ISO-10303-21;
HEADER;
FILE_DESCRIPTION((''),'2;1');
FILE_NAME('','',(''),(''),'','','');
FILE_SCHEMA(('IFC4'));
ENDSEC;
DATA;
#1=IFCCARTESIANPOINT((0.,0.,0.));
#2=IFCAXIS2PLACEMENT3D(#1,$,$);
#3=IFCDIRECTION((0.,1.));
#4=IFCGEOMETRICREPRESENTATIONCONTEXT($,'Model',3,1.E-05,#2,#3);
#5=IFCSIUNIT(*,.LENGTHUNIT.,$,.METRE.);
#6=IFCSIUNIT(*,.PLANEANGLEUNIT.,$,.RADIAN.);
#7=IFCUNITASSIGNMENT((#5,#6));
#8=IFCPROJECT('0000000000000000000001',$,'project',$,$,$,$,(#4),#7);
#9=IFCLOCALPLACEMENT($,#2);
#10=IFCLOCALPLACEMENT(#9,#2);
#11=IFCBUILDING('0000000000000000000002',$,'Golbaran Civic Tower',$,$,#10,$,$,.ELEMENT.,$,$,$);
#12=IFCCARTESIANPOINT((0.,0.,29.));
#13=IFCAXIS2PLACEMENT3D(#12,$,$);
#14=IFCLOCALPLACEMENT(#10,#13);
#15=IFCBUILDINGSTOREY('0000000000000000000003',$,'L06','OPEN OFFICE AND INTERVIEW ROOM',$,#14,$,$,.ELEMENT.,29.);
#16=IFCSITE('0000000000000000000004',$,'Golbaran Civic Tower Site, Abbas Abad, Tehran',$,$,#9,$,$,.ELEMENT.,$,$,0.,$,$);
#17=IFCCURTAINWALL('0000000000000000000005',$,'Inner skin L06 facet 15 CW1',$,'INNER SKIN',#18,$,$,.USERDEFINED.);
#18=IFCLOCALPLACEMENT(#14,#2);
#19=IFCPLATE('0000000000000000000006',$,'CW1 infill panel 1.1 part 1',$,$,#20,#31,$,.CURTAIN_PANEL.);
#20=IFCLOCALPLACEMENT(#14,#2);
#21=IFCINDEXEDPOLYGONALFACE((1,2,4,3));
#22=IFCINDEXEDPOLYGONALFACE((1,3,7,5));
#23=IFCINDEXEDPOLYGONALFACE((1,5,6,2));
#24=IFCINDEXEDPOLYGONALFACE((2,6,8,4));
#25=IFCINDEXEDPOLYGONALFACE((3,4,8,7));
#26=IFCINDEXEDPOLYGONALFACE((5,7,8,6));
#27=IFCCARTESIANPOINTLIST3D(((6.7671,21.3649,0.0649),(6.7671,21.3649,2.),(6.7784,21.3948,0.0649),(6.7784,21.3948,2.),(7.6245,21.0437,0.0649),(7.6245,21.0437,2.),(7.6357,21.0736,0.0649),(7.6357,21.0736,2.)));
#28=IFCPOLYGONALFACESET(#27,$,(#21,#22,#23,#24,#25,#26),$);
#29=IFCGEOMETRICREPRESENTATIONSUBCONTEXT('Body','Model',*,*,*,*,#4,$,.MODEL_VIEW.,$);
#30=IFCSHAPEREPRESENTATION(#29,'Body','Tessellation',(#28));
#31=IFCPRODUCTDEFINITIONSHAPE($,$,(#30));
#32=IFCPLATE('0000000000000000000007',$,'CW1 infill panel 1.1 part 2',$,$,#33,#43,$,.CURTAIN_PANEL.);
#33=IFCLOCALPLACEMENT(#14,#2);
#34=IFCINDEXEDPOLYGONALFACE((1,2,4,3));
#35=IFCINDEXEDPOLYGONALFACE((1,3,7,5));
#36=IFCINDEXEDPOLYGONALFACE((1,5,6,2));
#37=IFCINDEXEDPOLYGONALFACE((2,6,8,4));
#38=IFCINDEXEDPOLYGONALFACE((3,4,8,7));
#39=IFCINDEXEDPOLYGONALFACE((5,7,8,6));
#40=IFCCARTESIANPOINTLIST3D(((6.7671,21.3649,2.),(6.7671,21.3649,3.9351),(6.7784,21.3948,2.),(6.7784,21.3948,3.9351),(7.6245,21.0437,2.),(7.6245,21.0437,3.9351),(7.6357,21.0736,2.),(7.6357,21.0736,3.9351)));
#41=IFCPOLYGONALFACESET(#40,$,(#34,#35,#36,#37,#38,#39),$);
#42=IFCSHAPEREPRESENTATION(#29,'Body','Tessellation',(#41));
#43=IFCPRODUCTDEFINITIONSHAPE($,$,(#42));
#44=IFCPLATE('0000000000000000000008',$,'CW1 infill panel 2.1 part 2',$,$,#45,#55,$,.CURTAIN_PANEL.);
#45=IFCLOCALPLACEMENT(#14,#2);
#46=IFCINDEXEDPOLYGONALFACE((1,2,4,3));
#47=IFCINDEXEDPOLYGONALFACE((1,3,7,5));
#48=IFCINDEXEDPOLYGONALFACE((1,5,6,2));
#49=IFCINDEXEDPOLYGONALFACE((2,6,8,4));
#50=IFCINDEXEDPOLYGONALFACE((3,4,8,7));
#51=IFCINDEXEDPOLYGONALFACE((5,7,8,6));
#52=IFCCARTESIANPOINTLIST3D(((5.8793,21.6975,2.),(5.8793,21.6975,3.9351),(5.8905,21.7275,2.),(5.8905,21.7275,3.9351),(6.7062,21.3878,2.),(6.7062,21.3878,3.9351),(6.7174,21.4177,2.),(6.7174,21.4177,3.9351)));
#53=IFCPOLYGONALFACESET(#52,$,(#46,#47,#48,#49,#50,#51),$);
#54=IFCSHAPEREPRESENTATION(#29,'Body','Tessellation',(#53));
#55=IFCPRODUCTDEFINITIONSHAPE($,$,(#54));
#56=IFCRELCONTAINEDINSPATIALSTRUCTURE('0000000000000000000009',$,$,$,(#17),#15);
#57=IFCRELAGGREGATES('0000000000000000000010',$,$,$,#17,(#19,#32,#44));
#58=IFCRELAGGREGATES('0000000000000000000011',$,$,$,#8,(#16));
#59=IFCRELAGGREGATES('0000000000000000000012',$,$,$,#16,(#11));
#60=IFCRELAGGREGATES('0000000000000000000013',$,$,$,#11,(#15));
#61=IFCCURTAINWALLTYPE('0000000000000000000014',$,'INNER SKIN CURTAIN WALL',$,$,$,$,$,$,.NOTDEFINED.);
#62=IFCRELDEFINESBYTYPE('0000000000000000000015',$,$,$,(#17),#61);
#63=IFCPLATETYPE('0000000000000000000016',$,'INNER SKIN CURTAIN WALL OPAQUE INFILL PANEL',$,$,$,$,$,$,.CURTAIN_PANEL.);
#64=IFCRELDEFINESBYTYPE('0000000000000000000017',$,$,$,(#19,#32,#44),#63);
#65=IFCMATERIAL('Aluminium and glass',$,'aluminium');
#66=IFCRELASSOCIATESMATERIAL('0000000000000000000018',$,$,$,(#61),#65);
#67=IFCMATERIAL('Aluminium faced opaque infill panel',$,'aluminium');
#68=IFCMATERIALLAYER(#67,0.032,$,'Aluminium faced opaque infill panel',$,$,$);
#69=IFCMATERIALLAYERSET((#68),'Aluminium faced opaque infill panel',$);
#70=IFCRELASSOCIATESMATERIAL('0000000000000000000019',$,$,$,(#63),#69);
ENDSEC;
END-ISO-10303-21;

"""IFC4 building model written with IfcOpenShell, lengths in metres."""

from ifc_helpers import new_model, si_unit, direction, frame, origin, origin_2d, place, context, subcontext, project, spatial, rectangle, extrude, material, layer, layer_set, type_object, element, aggregate, save


model = new_model("IFC4")

# Units and contexts
model_context = context("Model", 3, precision=1e-05, world=origin(), true_north=direction((0.0, 1.0)))
body_context = subcontext(model_context, "Body", "Model", "MODEL_VIEW")
ifc_project = project(units=[si_unit("LENGTHUNIT", "METRE"), si_unit("PLANEANGLEUNIT", "RADIAN")], contexts=[model_context])

# Site, building, storey
site_placement = place(None, origin())
site = spatial("IfcSite", under=ifc_project, at=site_placement, Name="Golbaran Civic Tower Site, Abbas Abad, Tehran", CompositionType="ELEMENT", RefElevation=0.0)
building_placement = place(site_placement, origin())
building = spatial("IfcBuilding", under=site, at=building_placement, Name="Golbaran Civic Tower", CompositionType="ELEMENT")
storey_placement = place(building_placement, frame((0.0, 0.0, 29.0)))
storey = spatial("IfcBuildingStorey", under=building, at=storey_placement, Name="L06", Description="OPEN OFFICE AND INTERVIEW ROOM", CompositionType="ELEMENT", Elevation=29.0)

# Shared definitions
ifc_material_1 = material(Name="Aluminium and glass", Category="aluminium")
curtain_wall_type = type_object("IfcCurtainWallType", Name="INNER SKIN CURTAIN WALL", PredefinedType="NOTDEFINED", material=ifc_material_1)

# Curtain wall
curtain_wall_1_placement = place(storey_placement, origin())
curtain_wall_1 = element("IfcCurtainWall", 1, at=curtain_wall_1_placement, inside=storey, type_object=curtain_wall_type, Name="Inner skin L06 facet 15 CW1", ObjectType="INNER SKIN", PredefinedType="USERDEFINED")

# Plates
ifc_material_2 = material(Name="Aluminium faced opaque infill panel", Category="aluminium")
ifc_layer_1 = layer(ifc_material_2, 0.032, Name="Aluminium faced opaque infill panel")
ifc_layer_set_1 = layer_set([ifc_layer_1], Name="Aluminium faced opaque infill panel")
plate_type_1 = type_object("IfcPlateType", Name="INNER SKIN CURTAIN WALL OPAQUE INFILL PANEL", PredefinedType="CURTAIN_PANEL", material=ifc_layer_set_1)
plate_1_placement = place(storey_placement, frame((7.2014, 21.2192, 0.0649), z_axis=(0.0, 0.0, 1.0), x_axis=(-0.936447, 0.350808, 0.0)))
plate_1 = element("IfcPlate", 2, at=plate_1_placement, type_object=plate_type_1, Name="CW1 infill panel 1.1 part 1", PredefinedType="CURTAIN_PANEL", context=body_context, shape_type="SweptSolid", body=[
    extrude(rectangle(XDim=0.9155, YDim=0.032, at=origin_2d()), origin(), (0.0, 0.0, 1.0), 1.9351),
])
plate_2_placement = place(storey_placement, frame((7.2014, 21.2192, 2.0), z_axis=(0.0, 0.0, 1.0), x_axis=(-0.936447, 0.350808, 0.0)))
plate_2 = element("IfcPlate", 3, at=plate_2_placement, type_object=plate_type_1, Name="CW1 infill panel 1.1 part 2", PredefinedType="CURTAIN_PANEL", context=body_context, shape_type="SweptSolid", body=[
    extrude(rectangle(XDim=0.9155, YDim=0.032, at=origin_2d()), origin(), (0.0, 0.0, 1.0), 1.9351),
])
plate_3_placement = place(storey_placement, frame((6.2983, 21.5576, 2.0), z_axis=(0.0, 0.0, 1.0), x_axis=(-0.936447, 0.350808, 0.0)))
plate_3 = element("IfcPlate", 4, at=plate_3_placement, type_object=plate_type_1, Name="CW1 infill panel 2.1 part 2", PredefinedType="CURTAIN_PANEL", context=body_context, shape_type="SweptSolid", body=[
    extrude(rectangle(XDim=0.8831, YDim=0.032, at=origin_2d()), origin(), (0.0, 0.0, 1.0), 1.9351),
])
aggregate(curtain_wall_1, [plate_1, plate_2, plate_3])

save(model, "model.ifc")
